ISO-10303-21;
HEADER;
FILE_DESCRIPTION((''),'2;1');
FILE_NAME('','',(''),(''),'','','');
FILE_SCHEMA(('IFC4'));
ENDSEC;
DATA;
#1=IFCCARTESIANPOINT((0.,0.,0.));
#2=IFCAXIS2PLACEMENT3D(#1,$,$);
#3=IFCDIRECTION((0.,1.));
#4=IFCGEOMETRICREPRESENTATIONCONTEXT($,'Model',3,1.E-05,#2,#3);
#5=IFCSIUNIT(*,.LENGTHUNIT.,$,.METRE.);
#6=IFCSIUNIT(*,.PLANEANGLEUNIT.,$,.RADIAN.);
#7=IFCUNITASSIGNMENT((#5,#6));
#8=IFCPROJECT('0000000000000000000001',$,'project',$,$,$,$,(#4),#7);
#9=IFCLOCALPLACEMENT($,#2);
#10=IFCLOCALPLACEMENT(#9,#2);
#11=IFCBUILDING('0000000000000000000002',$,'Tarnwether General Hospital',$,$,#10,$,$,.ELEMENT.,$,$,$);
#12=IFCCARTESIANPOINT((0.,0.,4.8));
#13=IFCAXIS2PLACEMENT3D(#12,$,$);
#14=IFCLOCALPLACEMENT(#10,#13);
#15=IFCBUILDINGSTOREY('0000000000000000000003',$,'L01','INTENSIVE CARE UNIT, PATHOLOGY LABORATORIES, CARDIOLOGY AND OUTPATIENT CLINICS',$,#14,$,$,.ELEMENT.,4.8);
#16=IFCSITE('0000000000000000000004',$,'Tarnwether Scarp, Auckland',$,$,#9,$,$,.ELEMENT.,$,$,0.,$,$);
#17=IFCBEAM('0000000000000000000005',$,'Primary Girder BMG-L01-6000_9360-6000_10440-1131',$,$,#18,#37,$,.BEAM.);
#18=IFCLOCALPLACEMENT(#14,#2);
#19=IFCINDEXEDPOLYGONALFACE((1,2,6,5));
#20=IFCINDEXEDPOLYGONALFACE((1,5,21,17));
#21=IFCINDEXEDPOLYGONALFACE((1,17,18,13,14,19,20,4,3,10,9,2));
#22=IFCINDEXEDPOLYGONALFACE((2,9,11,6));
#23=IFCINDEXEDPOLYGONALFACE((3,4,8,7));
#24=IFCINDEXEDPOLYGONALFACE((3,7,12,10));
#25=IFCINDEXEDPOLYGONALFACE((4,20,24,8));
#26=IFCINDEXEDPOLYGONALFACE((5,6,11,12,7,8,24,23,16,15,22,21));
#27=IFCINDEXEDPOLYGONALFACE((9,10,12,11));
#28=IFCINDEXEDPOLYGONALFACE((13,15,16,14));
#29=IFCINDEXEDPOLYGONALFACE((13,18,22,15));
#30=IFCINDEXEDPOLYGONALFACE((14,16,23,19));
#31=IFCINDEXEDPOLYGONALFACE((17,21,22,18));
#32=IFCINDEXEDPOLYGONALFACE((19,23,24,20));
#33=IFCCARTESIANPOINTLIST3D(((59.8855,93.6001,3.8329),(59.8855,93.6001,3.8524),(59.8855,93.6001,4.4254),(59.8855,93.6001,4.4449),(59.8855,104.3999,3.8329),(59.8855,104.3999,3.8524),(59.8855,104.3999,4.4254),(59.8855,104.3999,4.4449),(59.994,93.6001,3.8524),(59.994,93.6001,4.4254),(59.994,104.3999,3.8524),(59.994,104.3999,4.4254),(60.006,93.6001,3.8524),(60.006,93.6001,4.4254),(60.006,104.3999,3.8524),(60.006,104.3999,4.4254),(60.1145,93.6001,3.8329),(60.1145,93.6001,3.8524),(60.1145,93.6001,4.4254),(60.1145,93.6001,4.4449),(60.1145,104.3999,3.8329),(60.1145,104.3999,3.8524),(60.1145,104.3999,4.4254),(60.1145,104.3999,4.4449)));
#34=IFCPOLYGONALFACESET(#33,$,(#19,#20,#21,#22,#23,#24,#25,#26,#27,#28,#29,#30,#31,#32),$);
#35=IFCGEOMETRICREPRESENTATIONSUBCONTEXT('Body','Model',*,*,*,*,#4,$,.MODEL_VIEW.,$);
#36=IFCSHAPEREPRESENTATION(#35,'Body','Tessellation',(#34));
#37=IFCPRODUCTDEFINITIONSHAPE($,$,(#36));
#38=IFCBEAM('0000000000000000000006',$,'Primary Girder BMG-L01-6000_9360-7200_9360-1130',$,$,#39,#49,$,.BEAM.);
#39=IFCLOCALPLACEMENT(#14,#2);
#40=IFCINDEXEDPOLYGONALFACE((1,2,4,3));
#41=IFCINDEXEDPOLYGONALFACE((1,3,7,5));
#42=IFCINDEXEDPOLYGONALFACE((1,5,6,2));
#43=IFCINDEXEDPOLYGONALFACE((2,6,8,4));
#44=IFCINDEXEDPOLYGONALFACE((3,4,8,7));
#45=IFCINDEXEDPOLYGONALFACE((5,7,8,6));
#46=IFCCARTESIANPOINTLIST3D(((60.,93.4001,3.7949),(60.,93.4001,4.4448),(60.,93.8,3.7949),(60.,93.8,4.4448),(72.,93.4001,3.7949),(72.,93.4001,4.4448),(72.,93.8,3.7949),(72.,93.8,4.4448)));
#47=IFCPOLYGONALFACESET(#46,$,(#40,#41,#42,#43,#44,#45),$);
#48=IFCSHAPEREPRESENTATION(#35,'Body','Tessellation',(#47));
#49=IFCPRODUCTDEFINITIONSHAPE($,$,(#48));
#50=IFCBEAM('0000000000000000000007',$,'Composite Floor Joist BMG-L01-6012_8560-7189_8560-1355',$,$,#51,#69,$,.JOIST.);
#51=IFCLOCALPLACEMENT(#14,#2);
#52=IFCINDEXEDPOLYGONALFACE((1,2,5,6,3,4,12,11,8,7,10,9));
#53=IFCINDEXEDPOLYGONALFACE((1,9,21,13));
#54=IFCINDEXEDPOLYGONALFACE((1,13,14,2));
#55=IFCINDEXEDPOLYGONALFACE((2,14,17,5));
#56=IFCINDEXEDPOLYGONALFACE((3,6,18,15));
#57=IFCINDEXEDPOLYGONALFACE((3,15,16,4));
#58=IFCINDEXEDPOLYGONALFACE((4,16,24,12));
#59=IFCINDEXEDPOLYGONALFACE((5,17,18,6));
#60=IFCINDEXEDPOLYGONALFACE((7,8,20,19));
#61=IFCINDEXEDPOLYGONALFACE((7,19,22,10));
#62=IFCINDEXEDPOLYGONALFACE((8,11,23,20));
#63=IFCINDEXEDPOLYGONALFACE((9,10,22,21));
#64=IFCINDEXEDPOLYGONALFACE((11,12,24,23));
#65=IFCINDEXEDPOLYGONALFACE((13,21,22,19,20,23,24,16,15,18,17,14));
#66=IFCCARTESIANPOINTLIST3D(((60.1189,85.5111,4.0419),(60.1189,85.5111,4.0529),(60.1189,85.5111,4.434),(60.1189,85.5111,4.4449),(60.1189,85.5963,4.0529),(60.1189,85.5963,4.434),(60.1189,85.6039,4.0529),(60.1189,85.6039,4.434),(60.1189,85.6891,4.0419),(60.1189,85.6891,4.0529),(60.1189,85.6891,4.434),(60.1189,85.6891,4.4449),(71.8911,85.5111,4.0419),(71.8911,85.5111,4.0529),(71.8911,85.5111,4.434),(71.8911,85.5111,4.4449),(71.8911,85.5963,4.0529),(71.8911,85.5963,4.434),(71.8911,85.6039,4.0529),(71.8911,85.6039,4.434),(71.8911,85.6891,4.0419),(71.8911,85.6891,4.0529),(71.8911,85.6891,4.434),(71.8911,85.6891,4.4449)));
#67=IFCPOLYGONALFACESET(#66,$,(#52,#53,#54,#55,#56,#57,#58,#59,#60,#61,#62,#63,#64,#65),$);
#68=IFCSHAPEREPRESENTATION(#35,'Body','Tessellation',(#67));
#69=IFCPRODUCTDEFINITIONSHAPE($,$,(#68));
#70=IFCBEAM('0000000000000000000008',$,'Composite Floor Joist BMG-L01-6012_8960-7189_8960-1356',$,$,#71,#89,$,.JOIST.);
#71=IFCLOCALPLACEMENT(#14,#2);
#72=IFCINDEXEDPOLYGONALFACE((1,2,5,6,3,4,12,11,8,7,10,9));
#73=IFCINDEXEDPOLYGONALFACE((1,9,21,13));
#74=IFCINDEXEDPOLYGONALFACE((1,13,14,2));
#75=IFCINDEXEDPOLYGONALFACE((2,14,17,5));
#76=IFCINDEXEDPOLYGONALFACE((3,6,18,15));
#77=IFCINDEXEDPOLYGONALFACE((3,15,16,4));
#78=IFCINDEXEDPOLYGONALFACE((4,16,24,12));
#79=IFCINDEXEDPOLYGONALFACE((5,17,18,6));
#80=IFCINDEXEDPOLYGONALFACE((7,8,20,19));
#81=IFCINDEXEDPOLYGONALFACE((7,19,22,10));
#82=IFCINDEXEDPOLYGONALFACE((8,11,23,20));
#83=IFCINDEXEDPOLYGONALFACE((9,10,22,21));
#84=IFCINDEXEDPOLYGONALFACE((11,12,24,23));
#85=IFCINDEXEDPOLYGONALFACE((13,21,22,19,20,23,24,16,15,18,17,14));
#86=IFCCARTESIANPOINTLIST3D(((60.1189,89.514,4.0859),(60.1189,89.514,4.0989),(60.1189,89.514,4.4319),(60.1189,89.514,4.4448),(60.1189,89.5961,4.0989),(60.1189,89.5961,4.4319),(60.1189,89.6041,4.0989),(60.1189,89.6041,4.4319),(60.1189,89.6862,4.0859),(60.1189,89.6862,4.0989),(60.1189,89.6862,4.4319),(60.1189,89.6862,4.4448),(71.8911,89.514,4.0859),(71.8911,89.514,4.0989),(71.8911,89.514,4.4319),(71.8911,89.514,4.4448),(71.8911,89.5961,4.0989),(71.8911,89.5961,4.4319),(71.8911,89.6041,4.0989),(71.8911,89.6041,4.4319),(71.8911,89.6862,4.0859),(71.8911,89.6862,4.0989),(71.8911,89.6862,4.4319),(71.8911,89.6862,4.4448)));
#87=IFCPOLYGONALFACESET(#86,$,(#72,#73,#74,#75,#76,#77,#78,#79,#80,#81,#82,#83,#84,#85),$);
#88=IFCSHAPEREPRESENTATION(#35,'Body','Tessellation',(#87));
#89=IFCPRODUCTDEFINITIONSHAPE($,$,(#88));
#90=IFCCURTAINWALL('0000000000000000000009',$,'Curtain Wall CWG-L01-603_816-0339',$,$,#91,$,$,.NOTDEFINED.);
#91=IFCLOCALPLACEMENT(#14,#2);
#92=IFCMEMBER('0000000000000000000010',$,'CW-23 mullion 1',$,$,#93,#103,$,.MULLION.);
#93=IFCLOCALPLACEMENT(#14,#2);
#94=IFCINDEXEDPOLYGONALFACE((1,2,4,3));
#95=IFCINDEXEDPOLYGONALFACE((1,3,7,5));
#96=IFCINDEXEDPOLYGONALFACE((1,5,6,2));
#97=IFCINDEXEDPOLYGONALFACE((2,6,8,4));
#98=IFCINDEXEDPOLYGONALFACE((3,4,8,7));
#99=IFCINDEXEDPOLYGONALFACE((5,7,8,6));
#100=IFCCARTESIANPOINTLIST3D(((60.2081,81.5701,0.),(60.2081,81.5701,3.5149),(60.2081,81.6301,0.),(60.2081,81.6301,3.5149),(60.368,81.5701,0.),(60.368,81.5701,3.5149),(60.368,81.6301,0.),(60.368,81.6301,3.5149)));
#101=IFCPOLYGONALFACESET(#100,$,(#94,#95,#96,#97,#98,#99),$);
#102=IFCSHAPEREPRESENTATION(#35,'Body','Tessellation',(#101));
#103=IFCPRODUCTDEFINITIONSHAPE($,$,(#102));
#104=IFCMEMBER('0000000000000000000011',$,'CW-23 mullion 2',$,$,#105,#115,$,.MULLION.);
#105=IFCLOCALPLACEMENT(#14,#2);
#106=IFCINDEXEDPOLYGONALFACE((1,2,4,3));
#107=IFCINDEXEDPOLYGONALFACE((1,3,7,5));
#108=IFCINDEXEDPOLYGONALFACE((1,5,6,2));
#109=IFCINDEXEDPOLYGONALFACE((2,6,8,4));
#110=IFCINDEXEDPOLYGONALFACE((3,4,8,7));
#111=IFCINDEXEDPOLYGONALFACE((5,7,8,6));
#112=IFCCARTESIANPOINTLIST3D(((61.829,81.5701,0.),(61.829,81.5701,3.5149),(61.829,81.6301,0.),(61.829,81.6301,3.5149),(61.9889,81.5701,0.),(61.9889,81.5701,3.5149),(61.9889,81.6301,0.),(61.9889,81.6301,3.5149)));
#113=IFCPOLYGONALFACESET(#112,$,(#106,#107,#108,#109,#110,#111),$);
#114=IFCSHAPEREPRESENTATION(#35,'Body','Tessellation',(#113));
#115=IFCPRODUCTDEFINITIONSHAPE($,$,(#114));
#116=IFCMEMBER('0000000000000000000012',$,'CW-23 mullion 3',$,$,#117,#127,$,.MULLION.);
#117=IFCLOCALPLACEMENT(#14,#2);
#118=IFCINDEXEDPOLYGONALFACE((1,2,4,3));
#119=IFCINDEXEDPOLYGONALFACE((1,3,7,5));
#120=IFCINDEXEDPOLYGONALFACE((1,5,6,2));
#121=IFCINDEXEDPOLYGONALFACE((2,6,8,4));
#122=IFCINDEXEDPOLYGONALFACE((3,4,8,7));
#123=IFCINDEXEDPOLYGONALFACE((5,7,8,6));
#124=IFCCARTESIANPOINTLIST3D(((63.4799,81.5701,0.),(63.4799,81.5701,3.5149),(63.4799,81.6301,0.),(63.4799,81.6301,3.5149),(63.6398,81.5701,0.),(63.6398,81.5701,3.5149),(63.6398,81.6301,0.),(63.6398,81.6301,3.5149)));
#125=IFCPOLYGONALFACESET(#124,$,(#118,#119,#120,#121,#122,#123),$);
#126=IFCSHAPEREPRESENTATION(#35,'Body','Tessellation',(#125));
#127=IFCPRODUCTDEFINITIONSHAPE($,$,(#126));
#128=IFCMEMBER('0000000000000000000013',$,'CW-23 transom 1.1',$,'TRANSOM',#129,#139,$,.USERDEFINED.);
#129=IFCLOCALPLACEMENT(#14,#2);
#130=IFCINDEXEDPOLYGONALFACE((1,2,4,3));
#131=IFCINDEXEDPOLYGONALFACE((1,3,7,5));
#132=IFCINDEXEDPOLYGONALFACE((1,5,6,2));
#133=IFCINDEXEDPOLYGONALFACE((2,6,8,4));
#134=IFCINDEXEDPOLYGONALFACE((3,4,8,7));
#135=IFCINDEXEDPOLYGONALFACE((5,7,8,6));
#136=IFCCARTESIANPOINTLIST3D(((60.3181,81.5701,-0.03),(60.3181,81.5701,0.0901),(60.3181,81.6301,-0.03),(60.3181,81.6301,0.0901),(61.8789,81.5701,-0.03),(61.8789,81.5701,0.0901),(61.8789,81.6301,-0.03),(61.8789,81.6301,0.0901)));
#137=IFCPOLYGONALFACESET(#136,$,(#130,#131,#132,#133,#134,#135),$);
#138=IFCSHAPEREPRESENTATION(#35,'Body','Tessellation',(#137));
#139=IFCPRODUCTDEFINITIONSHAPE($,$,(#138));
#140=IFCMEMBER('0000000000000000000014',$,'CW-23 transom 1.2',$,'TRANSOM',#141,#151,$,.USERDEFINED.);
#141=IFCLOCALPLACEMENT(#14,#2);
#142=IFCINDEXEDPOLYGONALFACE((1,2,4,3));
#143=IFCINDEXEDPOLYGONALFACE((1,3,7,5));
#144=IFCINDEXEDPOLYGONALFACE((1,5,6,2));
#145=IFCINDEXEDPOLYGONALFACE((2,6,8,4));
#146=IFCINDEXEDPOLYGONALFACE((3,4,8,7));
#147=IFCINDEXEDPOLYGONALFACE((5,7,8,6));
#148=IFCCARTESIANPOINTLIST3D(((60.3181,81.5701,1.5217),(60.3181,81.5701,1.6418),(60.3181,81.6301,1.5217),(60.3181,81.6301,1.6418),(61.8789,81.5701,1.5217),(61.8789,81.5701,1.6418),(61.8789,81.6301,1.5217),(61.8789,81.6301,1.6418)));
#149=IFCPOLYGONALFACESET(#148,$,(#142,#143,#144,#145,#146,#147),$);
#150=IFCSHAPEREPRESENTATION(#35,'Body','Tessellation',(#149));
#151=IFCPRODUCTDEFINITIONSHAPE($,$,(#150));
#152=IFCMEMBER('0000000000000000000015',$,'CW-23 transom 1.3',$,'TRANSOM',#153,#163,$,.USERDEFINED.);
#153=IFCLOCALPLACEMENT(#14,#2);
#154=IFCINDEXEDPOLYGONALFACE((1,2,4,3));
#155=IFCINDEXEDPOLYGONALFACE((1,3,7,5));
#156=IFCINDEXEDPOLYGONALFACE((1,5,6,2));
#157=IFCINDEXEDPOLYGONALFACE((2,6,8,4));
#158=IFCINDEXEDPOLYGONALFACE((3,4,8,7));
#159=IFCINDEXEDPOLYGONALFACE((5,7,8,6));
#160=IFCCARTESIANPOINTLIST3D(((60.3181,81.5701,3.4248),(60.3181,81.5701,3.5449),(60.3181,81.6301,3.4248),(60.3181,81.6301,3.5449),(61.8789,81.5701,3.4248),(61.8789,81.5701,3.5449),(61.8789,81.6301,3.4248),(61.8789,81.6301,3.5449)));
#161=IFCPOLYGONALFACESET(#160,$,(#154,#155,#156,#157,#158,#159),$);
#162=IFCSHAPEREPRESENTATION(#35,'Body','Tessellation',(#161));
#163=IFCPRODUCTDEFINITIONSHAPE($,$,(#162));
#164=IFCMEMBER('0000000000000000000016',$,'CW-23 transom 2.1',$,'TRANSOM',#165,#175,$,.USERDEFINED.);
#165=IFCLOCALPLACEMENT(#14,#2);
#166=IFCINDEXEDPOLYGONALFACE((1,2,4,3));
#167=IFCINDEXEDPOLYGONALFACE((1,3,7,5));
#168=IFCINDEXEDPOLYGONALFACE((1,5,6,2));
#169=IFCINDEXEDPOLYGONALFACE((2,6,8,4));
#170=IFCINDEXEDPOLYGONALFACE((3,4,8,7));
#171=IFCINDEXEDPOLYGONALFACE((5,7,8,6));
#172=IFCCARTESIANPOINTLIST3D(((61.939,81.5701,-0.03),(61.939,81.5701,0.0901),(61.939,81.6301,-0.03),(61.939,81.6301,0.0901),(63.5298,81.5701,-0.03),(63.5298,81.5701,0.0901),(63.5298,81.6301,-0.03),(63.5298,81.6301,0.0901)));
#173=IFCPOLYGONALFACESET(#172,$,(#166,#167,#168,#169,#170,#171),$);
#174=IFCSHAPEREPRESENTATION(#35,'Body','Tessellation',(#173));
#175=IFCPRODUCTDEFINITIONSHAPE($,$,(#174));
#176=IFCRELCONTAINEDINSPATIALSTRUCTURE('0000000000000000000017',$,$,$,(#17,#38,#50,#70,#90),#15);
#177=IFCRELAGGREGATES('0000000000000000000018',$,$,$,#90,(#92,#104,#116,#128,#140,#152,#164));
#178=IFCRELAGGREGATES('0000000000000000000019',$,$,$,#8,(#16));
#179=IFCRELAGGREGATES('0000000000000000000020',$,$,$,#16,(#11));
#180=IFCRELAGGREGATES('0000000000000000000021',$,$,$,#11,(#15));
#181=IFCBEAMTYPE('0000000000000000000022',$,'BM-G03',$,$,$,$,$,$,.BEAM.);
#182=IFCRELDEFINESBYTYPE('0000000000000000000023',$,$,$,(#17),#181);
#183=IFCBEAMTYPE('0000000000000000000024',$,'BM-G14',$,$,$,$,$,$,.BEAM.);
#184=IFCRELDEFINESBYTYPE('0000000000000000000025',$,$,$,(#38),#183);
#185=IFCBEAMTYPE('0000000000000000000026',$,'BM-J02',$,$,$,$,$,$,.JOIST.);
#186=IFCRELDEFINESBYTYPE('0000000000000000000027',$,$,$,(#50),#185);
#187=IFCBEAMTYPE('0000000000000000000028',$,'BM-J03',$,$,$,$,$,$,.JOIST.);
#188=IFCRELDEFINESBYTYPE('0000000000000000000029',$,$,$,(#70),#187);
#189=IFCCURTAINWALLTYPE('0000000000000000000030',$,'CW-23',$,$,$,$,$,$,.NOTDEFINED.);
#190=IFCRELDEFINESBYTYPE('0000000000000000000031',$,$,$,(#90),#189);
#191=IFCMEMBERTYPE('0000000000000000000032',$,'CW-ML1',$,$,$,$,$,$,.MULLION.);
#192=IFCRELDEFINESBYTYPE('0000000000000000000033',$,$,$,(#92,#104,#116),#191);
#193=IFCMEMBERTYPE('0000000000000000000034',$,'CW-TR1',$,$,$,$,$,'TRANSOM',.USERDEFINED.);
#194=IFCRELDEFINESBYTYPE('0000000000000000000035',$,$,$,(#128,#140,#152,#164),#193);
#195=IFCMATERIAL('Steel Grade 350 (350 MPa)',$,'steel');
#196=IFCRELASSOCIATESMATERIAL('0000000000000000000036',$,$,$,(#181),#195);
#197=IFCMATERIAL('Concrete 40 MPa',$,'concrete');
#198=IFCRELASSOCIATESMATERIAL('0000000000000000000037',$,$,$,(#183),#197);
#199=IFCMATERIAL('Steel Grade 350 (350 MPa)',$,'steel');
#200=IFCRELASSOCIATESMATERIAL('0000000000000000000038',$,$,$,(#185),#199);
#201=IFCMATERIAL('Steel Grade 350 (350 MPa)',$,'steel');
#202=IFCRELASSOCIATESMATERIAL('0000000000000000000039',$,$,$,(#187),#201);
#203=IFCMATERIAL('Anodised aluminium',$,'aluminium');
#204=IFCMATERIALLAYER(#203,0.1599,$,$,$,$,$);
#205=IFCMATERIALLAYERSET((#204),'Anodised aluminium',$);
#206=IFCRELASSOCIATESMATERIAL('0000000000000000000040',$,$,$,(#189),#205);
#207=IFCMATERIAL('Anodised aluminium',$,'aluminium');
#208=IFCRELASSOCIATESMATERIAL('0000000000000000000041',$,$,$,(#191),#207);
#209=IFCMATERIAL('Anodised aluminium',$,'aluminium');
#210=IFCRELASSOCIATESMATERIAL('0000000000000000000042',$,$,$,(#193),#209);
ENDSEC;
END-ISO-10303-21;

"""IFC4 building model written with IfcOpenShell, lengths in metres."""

from ifc_helpers import new_model, si_unit, direction, frame, origin, origin_2d, place, context, subcontext, project, spatial, rectangle, i_section, extrude, material, layer, layer_set, material_profile, profile_set, type_object, element, aggregate, save


model = new_model("IFC4")

# Units and contexts
model_context = context("Model", 3, precision=1e-05, world=origin(), true_north=direction((0.0, 1.0)))
body_context = subcontext(model_context, "Body", "Model", "MODEL_VIEW")
ifc_project = project(units=[si_unit("LENGTHUNIT", "METRE"), si_unit("PLANEANGLEUNIT", "RADIAN")], contexts=[model_context])

# Site, building, storey
site_placement = place(None, origin())
site = spatial("IfcSite", under=ifc_project, at=site_placement, Name="Tarnwether Scarp, Auckland", CompositionType="ELEMENT", RefElevation=0.0)
building_placement = place(site_placement, origin())
building = spatial("IfcBuilding", under=site, at=building_placement, Name="Tarnwether General Hospital", CompositionType="ELEMENT")
storey_placement = place(building_placement, frame((0.0, 0.0, 4.8)))
storey = spatial("IfcBuildingStorey", under=building, at=storey_placement, Name="L01", Description="INTENSIVE CARE UNIT, PATHOLOGY LABORATORIES, CARDIOLOGY AND OUTPATIENT CLINICS", CompositionType="ELEMENT", Elevation=4.8)

# Beams
ifc_material_1 = material(Name="Steel Grade 350 (350 MPa)", Category="steel")
ifc_material_profile_1 = material_profile(ifc_material_1, i_section(OverallWidth=0.229, OverallDepth=0.6121, WebThickness=0.012, FlangeThickness=0.0195, at=origin_2d()), Name="610UB125")
ifc_profile_set_1 = profile_set([ifc_material_profile_1], Name="Steel Grade 350 (350 MPa)")
beam_type_1 = type_object("IfcBeamType", Name="BM-G03", PredefinedType="BEAM", material=ifc_profile_set_1)
beam_1_placement = place(storey_placement, frame((60.0, 93.6001, 4.1389), z_axis=(0.0, 1.0, 0.0), x_axis=(-1.0, 0.0, 0.0)))
element("IfcBeam", 1, at=beam_1_placement, inside=storey, type_object=beam_type_1, Name="Primary Girder BMG-L01-6000_9360-6000_10440-1131", PredefinedType="BEAM", context=body_context, shape_type="SweptSolid", body=[
    extrude(i_section(OverallWidth=0.229, OverallDepth=0.6121, WebThickness=0.012, FlangeThickness=0.0195, at=origin_2d()), origin(), (0.0, 0.0, 1.0), 10.7998),
])
ifc_material_2 = material(Name="Concrete 40 MPa", Category="concrete")
ifc_material_profile_2 = material_profile(ifc_material_2, rectangle(XDim=0.3999, YDim=0.6499, at=origin_2d()), Name="RC-BM-400x650")
ifc_profile_set_2 = profile_set([ifc_material_profile_2], Name="Concrete 40 MPa")
beam_type_2 = type_object("IfcBeamType", Name="BM-G14", PredefinedType="BEAM", material=ifc_profile_set_2)
beam_2_placement = place(storey_placement, frame((60.0, 93.6001, 4.1199), z_axis=(1.0, 0.0, 0.0), x_axis=(0.0, 1.0, 0.0)))
element("IfcBeam", 2, at=beam_2_placement, inside=storey, type_object=beam_type_2, Name="Primary Girder BMG-L01-6000_9360-7200_9360-1130", PredefinedType="BEAM", context=body_context, shape_type="SweptSolid", body=[
    extrude(rectangle(XDim=0.3999, YDim=0.6499, at=origin_2d()), origin(), (0.0, 0.0, 1.0), 12.0),
])
ifc_material_3 = material(Name="Steel Grade 350 (350 MPa)", Category="steel")
ifc_material_profile_3 = material_profile(ifc_material_3, i_section(OverallWidth=0.178, OverallDepth=0.4031, WebThickness=0.0076, FlangeThickness=0.011, at=origin_2d()), Name="410UB53.7")
ifc_profile_set_3 = profile_set([ifc_material_profile_3], Name="Steel Grade 350 (350 MPa)")
beam_type_3 = type_object("IfcBeamType", Name="BM-J02", PredefinedType="JOIST", material=ifc_profile_set_3)
beam_3_placement = place(storey_placement, frame((60.1189, 85.6001, 4.2434), z_axis=(1.0, 0.0, 0.0), x_axis=(0.0, 1.0, 0.0)))
element("IfcBeam", 3, at=beam_3_placement, inside=storey, type_object=beam_type_3, Name="Composite Floor Joist BMG-L01-6012_8560-7189_8560-1355", PredefinedType="JOIST", context=body_context, shape_type="SweptSolid", body=[
    extrude(i_section(OverallWidth=0.178, OverallDepth=0.4031, WebThickness=0.0076, FlangeThickness=0.011, at=origin_2d()), origin(), (0.0, 0.0, 1.0), 11.7722),
])
ifc_material_4 = material(Name="Steel Grade 350 (350 MPa)", Category="steel")
ifc_material_profile_4 = material_profile(ifc_material_4, i_section(OverallWidth=0.1721, OverallDepth=0.3589, WebThickness=0.0081, FlangeThickness=0.0129, at=origin_2d()), Name="360UB56.7")
ifc_profile_set_4 = profile_set([ifc_material_profile_4], Name="Steel Grade 350 (350 MPa)")
beam_type_4 = type_object("IfcBeamType", Name="BM-J03", PredefinedType="JOIST", material=ifc_profile_set_4)
beam_4_placement = place(storey_placement, frame((60.1189, 89.6001, 4.2654), z_axis=(1.0, 0.0, 0.0), x_axis=(0.0, 1.0, 0.0)))
element("IfcBeam", 4, at=beam_4_placement, inside=storey, type_object=beam_type_4, Name="Composite Floor Joist BMG-L01-6012_8960-7189_8960-1356", PredefinedType="JOIST", context=body_context, shape_type="SweptSolid", body=[
    extrude(i_section(OverallWidth=0.1721, OverallDepth=0.3589, WebThickness=0.0081, FlangeThickness=0.0129, at=origin_2d()), origin(), (0.0, 0.0, 1.0), 11.7722),
])

# Curtain wall, members
ifc_material_5 = material(Name="Anodised aluminium", Category="aluminium")
ifc_layer_1 = layer(ifc_material_5, 0.1599)
ifc_layer_set_1 = layer_set([ifc_layer_1], Name="Anodised aluminium")
curtain_wall_type = type_object("IfcCurtainWallType", Name="CW-23", PredefinedType="NOTDEFINED", material=ifc_layer_set_1)
curtain_wall_placement = place(storey_placement, origin())
curtain_wall = element("IfcCurtainWall", 5, at=curtain_wall_placement, inside=storey, type_object=curtain_wall_type, Name="Curtain Wall CWG-L01-603_816-0339", PredefinedType="NOTDEFINED")
ifc_material_6 = material(Name="Anodised aluminium", Category="aluminium")
ifc_material_profile_5 = material_profile(ifc_material_6, rectangle(XDim=0.0601, YDim=0.1599, at=origin_2d()), Name="ALU-MUL-60x160")
ifc_profile_set_5 = profile_set([ifc_material_profile_5], Name="Anodised aluminium")
member_type_1 = type_object("IfcMemberType", Name="CW-ML1", PredefinedType="MULLION", material=ifc_profile_set_5)
member_1_placement = place(storey_placement, frame((60.2881, 81.6001, 0.0), z_axis=(0.0, 0.0, 1.0), x_axis=(0.0, 1.0, 0.0)))
member_1 = element("IfcMember", 6, at=member_1_placement, type_object=member_type_1, Name="CW-23 mullion 1", PredefinedType="MULLION", context=body_context, shape_type="SweptSolid", body=[
    extrude(rectangle(XDim=0.0601, YDim=0.1599, at=origin_2d()), origin(), (0.0, 0.0, 1.0), 3.5149),
])
member_2_placement = place(storey_placement, frame((61.9089, 81.6001, 0.0), z_axis=(0.0, 0.0, 1.0), x_axis=(0.0, 1.0, 0.0)))
member_2 = element("IfcMember", 7, at=member_2_placement, type_object=member_type_1, Name="CW-23 mullion 2", PredefinedType="MULLION", context=body_context, shape_type="SweptSolid", body=[
    extrude(rectangle(XDim=0.0601, YDim=0.1599, at=origin_2d()), origin(), (0.0, 0.0, 1.0), 3.5149),
])
member_3_placement = place(storey_placement, frame((63.5598, 81.6001, 0.0), z_axis=(0.0, 0.0, 1.0), x_axis=(0.0, 1.0, 0.0)))
member_3 = element("IfcMember", 8, at=member_3_placement, type_object=member_type_1, Name="CW-23 mullion 3", PredefinedType="MULLION", context=body_context, shape_type="SweptSolid", body=[
    extrude(rectangle(XDim=0.0601, YDim=0.1599, at=origin_2d()), origin(), (0.0, 0.0, 1.0), 3.5149),
])
ifc_material_7 = material(Name="Anodised aluminium", Category="aluminium")
ifc_material_profile_6 = material_profile(ifc_material_7, rectangle(XDim=0.0601, YDim=0.1201, at=origin_2d()), Name="ALU-TRN-60x120")
ifc_profile_set_6 = profile_set([ifc_material_profile_6], Name="Anodised aluminium")
member_type_2 = type_object("IfcMemberType", Name="CW-TR1", ElementType="TRANSOM", PredefinedType="USERDEFINED", material=ifc_profile_set_6)
member_4_placement = place(storey_placement, frame((60.3181, 81.6001, 0.03), z_axis=(1.0, 0.0, 0.0), x_axis=(0.0, 1.0, 0.0)))
member_4 = element("IfcMember", 9, at=member_4_placement, type_object=member_type_2, Name="CW-23 transom 1.1", ObjectType="TRANSOM", PredefinedType="USERDEFINED", context=body_context, shape_type="SweptSolid", body=[
    extrude(rectangle(XDim=0.0601, YDim=0.1201, at=origin_2d()), origin(), (0.0, 0.0, 1.0), 1.5608),
])
member_5_placement = place(storey_placement, frame((60.3181, 81.6001, 1.5818), z_axis=(1.0, 0.0, 0.0), x_axis=(0.0, 1.0, 0.0)))
member_5 = element("IfcMember", 10, at=member_5_placement, type_object=member_type_2, Name="CW-23 transom 1.2", ObjectType="TRANSOM", PredefinedType="USERDEFINED", context=body_context, shape_type="SweptSolid", body=[
    extrude(rectangle(XDim=0.0601, YDim=0.1201, at=origin_2d()), origin(), (0.0, 0.0, 1.0), 1.5608),
])
member_6_placement = place(storey_placement, frame((60.3181, 81.6001, 3.4849), z_axis=(1.0, 0.0, 0.0), x_axis=(0.0, 1.0, 0.0)))
member_6 = element("IfcMember", 11, at=member_6_placement, type_object=member_type_2, Name="CW-23 transom 1.3", ObjectType="TRANSOM", PredefinedType="USERDEFINED", context=body_context, shape_type="SweptSolid", body=[
    extrude(rectangle(XDim=0.0601, YDim=0.1201, at=origin_2d()), origin(), (0.0, 0.0, 1.0), 1.5608),
])
member_7_placement = place(storey_placement, frame((61.939, 81.6001, 0.03), z_axis=(1.0, 0.0, 0.0), x_axis=(0.0, 1.0, 0.0)))
member_7 = element("IfcMember", 12, at=member_7_placement, type_object=member_type_2, Name="CW-23 transom 2.1", ObjectType="TRANSOM", PredefinedType="USERDEFINED", context=body_context, shape_type="SweptSolid", body=[
    extrude(rectangle(XDim=0.0601, YDim=0.1201, at=origin_2d()), origin(), (0.0, 0.0, 1.0), 1.5908),
])

aggregate(curtain_wall, [member_1, member_2, member_3, member_4, member_5, member_6, member_7])

save(model, "model.ifc")
